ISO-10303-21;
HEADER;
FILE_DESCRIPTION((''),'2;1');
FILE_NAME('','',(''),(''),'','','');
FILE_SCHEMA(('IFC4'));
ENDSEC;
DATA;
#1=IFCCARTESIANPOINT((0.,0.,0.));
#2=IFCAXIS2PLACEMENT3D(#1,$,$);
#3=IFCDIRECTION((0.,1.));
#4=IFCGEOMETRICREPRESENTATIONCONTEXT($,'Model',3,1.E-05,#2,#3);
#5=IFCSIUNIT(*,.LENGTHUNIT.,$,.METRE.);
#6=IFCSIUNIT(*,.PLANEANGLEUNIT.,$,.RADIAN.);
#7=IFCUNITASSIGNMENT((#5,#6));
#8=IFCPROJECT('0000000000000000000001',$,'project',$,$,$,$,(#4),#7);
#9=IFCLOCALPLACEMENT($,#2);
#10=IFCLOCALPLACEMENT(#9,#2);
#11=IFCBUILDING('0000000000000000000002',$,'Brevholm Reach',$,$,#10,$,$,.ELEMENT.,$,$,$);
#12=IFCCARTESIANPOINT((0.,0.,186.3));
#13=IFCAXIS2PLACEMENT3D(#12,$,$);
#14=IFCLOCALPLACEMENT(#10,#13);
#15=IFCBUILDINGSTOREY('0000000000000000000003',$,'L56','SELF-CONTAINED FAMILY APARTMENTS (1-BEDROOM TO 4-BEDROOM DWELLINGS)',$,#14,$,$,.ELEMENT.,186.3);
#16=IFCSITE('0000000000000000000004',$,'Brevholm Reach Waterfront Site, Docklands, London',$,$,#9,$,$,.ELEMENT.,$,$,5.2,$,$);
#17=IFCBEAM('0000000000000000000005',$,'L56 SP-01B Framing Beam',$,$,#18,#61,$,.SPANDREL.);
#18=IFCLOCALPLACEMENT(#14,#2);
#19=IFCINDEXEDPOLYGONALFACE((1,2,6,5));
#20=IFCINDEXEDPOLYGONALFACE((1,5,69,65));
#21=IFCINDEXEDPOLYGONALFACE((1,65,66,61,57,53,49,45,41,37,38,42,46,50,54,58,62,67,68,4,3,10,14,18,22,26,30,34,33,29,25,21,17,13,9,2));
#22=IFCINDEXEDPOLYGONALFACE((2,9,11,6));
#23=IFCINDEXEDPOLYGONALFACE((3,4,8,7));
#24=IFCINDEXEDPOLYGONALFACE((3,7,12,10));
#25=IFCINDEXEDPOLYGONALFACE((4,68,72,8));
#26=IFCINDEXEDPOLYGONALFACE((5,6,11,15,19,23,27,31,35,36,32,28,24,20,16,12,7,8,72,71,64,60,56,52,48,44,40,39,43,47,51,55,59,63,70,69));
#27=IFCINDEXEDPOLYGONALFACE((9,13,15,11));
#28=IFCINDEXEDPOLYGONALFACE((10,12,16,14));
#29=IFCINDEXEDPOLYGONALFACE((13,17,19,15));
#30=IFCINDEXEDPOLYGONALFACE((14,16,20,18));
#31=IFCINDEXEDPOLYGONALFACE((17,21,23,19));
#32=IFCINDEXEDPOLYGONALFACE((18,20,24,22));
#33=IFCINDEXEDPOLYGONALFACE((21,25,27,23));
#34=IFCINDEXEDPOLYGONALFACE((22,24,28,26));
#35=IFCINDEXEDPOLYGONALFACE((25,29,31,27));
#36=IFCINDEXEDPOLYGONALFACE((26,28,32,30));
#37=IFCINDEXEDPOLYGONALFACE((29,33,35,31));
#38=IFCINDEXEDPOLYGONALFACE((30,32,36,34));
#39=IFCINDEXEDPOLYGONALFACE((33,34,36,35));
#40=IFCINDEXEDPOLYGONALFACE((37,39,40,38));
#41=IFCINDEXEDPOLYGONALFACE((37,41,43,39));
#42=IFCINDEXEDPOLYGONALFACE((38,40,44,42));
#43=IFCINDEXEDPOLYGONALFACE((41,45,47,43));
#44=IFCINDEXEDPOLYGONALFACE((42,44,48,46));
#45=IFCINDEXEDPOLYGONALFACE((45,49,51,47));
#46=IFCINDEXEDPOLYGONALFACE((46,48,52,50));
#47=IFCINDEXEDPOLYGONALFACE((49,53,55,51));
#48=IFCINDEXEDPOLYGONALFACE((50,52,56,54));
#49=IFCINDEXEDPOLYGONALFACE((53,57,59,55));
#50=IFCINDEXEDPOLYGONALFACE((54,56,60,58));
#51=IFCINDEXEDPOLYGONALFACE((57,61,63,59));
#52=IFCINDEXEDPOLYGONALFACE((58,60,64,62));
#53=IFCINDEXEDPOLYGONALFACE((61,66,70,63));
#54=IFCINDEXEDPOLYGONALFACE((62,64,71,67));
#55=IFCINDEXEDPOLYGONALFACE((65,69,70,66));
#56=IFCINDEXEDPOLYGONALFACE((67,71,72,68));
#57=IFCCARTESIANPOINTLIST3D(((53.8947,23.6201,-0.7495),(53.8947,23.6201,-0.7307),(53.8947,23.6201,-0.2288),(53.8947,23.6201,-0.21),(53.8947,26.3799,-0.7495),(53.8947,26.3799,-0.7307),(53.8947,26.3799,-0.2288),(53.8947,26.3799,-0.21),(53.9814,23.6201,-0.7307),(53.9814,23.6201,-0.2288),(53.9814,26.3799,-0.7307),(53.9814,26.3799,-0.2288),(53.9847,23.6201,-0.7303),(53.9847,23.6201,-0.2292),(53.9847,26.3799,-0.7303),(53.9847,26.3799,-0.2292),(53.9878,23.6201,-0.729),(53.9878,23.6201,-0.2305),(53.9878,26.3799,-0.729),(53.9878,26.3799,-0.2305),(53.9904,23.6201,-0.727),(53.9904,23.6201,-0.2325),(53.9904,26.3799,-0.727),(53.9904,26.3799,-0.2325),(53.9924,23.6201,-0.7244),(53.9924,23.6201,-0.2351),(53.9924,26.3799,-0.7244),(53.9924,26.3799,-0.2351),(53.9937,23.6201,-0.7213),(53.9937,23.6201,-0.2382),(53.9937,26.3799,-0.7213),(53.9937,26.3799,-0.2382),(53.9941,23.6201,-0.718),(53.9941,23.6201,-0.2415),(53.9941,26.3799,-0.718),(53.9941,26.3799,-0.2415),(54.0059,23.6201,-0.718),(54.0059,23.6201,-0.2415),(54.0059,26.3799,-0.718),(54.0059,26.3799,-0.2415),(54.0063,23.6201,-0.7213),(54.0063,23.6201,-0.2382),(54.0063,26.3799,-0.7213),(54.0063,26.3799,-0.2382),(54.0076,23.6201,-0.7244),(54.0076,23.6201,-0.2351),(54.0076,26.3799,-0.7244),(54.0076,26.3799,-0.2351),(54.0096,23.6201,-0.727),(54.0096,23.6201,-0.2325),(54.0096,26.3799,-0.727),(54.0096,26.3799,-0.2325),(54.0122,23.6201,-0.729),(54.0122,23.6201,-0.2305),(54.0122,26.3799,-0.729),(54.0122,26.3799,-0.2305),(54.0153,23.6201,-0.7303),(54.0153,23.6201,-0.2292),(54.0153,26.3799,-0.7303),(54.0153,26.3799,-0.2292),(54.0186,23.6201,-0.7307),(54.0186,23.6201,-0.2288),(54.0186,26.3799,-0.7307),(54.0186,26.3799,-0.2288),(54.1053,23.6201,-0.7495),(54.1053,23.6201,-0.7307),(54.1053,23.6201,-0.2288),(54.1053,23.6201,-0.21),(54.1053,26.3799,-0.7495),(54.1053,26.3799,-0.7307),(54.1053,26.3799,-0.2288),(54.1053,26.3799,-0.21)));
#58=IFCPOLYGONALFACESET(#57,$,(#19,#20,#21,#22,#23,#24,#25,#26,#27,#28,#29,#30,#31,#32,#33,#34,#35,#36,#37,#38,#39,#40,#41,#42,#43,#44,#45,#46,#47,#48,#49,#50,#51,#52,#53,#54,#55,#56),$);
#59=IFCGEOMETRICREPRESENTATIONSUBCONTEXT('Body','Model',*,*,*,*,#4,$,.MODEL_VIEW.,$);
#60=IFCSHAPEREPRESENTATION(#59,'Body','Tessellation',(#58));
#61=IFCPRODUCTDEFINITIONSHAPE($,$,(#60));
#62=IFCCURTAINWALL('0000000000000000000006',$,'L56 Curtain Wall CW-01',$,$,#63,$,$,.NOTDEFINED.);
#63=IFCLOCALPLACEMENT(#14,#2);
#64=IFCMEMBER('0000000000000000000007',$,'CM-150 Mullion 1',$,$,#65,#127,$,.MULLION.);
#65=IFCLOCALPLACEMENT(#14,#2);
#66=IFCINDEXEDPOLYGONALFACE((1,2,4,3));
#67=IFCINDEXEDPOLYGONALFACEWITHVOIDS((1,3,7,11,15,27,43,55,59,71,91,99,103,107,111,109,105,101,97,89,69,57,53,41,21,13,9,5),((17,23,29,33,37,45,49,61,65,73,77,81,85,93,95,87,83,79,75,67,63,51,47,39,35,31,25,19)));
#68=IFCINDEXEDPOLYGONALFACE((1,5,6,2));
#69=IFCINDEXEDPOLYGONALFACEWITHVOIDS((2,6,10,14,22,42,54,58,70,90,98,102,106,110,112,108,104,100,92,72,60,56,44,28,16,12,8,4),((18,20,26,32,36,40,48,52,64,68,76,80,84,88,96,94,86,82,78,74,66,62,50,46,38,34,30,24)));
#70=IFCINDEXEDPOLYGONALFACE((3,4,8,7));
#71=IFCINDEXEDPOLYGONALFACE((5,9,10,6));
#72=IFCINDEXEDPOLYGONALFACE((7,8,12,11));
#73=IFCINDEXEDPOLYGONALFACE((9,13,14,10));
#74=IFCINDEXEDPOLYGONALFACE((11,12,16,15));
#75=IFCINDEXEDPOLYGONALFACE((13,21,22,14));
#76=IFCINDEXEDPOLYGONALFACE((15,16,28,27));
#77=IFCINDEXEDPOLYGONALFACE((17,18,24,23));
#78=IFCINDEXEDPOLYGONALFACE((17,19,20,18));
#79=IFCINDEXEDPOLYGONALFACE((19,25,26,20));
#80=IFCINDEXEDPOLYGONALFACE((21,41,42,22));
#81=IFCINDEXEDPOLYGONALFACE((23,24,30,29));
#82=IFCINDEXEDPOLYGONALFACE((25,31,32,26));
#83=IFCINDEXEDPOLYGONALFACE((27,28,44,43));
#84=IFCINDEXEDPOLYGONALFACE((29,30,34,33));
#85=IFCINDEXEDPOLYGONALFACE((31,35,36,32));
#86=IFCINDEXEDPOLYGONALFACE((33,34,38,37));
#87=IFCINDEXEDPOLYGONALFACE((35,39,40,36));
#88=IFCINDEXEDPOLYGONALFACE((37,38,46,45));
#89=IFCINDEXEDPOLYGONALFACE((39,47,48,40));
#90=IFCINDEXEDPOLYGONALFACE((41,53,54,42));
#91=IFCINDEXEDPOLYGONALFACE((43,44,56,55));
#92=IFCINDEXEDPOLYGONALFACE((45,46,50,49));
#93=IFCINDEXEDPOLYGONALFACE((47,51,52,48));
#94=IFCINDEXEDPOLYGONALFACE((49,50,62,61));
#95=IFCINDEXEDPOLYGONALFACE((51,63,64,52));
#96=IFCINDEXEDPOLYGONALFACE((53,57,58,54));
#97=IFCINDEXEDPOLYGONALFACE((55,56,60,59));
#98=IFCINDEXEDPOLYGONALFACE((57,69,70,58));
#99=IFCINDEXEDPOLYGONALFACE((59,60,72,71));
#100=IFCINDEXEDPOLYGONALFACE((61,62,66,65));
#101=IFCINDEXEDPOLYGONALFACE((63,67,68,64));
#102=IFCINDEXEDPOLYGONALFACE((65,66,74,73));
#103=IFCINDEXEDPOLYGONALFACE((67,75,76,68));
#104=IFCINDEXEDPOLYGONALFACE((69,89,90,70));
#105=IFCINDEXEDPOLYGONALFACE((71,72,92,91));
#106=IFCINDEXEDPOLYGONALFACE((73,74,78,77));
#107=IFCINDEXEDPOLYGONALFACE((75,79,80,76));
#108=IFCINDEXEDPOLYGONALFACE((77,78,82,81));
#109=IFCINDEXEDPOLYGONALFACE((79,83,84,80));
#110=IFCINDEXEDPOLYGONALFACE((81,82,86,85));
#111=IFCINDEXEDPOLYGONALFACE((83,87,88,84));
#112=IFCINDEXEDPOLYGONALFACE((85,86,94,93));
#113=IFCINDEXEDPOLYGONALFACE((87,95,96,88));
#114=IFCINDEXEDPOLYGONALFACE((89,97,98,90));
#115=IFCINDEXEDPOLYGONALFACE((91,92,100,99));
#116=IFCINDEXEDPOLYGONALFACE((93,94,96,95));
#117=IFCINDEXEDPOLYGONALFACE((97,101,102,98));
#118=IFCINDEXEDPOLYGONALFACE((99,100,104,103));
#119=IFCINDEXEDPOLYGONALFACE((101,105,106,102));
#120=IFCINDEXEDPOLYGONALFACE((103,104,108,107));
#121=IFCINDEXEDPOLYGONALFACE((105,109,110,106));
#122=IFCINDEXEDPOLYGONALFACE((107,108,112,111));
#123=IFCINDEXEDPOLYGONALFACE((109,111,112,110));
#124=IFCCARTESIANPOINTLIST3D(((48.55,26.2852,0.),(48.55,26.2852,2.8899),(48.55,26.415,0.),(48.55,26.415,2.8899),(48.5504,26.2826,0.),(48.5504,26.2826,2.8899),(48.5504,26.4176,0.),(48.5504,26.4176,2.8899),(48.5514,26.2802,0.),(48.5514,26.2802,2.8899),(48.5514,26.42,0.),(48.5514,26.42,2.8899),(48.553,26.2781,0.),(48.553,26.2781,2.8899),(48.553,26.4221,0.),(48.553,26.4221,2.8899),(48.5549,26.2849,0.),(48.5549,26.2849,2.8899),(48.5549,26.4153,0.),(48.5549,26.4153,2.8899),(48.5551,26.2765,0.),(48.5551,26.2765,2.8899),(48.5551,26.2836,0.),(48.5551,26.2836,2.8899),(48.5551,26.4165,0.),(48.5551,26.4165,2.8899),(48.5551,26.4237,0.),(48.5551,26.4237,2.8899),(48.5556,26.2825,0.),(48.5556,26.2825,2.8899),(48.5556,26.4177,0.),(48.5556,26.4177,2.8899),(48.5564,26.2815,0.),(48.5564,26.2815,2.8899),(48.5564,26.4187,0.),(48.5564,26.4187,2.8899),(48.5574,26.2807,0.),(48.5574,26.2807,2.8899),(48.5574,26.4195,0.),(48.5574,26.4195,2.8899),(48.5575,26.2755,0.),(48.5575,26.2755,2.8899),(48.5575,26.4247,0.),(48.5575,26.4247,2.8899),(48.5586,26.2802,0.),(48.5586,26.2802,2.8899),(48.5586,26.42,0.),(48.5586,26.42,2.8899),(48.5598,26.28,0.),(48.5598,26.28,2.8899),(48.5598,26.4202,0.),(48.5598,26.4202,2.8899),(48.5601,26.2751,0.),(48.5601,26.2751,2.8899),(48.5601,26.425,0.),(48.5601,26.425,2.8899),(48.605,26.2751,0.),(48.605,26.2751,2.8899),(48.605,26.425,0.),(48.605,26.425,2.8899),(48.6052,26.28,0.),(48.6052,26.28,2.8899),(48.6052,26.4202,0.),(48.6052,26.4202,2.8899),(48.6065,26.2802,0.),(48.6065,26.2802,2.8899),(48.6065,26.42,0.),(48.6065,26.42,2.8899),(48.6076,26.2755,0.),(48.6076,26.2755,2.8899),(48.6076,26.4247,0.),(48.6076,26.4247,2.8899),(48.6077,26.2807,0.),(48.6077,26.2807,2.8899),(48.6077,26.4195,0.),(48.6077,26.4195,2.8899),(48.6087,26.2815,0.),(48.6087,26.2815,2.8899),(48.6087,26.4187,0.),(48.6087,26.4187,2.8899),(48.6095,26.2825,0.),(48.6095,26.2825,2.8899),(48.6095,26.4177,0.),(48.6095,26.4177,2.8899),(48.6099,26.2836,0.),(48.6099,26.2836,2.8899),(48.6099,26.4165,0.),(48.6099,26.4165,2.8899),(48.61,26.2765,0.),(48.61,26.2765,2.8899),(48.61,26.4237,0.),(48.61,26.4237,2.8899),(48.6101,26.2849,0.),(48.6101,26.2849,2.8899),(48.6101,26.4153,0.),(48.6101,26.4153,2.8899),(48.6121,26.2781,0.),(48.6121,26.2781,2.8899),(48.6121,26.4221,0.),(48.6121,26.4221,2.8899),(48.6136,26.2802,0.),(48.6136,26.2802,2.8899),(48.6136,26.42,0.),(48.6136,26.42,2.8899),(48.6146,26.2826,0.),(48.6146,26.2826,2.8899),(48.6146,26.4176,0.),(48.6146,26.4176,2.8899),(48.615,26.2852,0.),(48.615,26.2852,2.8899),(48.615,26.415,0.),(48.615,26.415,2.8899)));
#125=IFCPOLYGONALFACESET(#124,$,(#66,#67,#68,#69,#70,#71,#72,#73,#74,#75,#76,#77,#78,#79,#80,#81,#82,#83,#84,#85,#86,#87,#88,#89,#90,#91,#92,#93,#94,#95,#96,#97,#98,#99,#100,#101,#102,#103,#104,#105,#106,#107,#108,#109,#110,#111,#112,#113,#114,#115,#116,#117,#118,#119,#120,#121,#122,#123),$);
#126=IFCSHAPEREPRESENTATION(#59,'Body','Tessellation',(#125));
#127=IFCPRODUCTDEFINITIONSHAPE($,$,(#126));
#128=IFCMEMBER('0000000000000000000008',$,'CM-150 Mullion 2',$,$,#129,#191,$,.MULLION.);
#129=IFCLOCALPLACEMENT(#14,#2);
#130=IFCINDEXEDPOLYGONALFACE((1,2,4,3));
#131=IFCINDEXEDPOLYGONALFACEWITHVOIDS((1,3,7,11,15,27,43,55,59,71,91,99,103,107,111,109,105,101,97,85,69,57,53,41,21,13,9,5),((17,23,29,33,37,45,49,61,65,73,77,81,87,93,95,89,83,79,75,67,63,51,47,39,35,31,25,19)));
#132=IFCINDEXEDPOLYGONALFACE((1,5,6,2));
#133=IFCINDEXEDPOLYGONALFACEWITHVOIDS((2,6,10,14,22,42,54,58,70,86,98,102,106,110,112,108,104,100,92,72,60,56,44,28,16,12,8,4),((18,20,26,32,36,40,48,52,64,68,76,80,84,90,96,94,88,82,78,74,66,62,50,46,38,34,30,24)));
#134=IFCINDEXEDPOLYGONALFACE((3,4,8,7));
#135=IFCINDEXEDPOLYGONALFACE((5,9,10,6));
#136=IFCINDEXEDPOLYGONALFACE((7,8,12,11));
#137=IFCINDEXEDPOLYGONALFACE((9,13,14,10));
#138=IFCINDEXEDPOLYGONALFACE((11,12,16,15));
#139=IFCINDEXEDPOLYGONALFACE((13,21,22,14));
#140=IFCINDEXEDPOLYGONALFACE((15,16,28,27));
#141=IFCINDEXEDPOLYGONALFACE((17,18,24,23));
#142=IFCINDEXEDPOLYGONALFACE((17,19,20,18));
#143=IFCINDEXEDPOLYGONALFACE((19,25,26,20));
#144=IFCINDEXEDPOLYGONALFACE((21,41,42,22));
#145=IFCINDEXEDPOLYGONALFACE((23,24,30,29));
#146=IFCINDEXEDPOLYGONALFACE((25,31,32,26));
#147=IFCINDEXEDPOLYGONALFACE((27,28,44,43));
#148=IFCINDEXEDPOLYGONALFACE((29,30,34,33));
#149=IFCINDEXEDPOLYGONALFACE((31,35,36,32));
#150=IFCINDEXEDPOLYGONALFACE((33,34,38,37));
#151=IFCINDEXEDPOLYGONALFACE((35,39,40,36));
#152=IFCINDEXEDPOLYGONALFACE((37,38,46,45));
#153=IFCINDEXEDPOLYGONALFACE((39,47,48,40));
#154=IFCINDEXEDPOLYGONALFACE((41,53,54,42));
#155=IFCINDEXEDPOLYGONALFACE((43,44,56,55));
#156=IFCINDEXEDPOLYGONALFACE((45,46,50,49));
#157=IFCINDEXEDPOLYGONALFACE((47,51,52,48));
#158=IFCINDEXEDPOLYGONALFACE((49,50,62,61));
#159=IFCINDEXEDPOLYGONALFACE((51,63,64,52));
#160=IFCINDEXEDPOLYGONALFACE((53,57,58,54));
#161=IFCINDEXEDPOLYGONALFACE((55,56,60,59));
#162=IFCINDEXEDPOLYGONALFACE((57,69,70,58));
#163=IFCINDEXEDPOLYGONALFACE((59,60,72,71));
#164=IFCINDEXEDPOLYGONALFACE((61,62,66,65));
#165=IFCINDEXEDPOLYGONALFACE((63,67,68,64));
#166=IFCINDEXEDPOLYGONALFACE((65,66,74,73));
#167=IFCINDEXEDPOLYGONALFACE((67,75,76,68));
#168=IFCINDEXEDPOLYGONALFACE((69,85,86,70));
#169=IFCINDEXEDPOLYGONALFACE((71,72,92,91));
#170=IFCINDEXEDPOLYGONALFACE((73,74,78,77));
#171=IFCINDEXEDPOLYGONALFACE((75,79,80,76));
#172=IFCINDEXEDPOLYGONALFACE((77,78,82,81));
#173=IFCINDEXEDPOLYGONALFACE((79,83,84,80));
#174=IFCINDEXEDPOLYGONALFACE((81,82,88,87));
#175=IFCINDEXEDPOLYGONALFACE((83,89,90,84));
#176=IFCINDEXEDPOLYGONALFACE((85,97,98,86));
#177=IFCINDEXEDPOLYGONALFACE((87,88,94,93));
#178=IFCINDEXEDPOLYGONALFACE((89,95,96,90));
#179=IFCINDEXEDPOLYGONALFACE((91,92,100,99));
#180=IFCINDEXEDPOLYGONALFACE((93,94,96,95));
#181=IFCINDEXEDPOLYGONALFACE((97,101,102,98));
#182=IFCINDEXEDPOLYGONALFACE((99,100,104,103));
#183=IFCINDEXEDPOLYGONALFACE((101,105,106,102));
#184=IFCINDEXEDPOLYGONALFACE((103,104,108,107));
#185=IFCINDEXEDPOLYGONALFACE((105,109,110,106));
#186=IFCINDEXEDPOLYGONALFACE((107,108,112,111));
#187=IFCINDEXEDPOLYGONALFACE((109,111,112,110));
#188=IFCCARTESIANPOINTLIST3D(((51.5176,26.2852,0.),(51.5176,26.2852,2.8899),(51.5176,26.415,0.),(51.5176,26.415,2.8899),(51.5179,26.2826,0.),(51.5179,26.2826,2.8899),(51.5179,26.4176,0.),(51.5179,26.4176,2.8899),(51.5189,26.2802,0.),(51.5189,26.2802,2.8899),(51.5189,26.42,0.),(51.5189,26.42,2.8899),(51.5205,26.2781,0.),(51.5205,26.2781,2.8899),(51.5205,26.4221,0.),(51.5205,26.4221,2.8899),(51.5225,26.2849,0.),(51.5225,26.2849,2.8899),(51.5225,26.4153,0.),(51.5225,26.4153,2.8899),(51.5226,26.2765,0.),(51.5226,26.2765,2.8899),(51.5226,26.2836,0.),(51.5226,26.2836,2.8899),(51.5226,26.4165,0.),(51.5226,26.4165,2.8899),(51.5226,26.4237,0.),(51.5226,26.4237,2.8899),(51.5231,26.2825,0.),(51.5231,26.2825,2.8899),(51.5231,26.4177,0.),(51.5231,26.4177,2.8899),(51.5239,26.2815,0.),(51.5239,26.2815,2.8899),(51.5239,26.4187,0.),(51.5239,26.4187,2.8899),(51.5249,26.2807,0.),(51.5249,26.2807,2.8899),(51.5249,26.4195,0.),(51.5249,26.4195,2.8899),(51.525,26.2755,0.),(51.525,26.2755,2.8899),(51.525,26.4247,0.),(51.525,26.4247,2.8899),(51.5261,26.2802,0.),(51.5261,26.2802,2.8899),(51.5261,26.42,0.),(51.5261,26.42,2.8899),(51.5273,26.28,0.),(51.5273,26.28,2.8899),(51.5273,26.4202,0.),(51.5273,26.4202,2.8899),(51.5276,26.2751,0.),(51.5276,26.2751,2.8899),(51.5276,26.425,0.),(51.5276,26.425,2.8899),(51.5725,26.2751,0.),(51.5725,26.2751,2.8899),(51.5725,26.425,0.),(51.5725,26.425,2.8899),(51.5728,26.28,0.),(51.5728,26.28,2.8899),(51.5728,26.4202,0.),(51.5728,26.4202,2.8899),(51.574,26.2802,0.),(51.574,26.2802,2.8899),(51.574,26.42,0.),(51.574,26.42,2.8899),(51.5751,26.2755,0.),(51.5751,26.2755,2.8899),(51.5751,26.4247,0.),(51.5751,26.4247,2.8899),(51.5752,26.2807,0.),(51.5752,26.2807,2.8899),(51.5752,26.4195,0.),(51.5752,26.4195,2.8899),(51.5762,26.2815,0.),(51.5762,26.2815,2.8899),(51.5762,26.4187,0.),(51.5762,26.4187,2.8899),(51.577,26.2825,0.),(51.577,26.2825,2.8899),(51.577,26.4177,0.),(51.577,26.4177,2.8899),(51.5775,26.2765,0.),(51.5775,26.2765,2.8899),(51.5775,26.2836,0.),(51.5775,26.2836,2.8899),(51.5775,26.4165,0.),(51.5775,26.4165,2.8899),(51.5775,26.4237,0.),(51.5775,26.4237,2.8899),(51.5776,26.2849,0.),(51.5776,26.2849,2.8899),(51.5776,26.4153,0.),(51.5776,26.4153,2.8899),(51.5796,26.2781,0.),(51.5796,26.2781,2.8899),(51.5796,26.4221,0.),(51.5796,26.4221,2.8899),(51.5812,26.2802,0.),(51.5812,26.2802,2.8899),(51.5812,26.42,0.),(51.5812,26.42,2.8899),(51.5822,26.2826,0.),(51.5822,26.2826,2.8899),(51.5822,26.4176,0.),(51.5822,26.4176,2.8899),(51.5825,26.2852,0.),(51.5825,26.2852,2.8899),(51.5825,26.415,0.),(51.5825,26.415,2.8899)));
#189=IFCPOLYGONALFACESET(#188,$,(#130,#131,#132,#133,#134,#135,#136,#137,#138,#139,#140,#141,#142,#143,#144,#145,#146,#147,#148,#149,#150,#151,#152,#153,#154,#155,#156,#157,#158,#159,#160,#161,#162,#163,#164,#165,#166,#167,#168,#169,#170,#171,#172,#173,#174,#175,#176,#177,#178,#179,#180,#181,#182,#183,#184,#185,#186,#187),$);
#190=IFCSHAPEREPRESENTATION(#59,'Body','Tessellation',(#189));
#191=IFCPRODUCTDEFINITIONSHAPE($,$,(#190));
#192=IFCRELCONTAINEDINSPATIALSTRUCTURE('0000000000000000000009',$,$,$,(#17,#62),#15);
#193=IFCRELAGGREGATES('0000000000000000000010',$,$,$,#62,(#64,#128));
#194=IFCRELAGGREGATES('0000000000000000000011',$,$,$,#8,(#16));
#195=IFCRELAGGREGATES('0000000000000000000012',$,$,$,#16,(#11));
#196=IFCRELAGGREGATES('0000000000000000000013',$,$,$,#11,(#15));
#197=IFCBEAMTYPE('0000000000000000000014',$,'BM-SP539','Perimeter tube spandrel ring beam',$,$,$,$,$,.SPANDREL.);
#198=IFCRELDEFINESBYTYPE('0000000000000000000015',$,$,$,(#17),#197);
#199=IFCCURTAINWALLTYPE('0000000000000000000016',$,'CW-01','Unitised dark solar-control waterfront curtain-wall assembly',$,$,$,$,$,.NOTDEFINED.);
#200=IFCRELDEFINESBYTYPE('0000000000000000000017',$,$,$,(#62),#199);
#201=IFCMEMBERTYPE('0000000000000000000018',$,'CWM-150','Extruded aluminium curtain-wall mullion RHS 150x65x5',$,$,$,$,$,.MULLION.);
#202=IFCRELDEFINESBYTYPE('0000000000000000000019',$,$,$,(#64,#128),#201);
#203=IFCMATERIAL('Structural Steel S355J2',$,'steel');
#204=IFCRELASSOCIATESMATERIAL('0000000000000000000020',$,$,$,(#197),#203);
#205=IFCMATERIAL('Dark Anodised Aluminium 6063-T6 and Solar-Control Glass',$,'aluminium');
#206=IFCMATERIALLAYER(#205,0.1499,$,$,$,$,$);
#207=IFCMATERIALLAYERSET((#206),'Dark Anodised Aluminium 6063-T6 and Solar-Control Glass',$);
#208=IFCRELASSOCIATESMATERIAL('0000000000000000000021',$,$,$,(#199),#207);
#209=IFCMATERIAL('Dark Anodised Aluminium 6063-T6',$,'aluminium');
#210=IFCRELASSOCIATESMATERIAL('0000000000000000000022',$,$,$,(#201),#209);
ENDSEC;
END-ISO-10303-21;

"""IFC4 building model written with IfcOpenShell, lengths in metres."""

from ifc_helpers import new_model, si_unit, direction, frame, origin, origin_2d, place, context, subcontext, project, spatial, hollow_rectangle, i_section, extrude, material, layer, layer_set, material_profile, profile_set, type_object, element, aggregate, save


model = new_model("IFC4")

# Units and contexts
model_context = context("Model", 3, precision=1e-05, world=origin(), true_north=direction((0.0, 1.0)))
body_context = subcontext(model_context, "Body", "Model", "MODEL_VIEW")
ifc_project = project(units=[si_unit("LENGTHUNIT", "METRE"), si_unit("PLANEANGLEUNIT", "RADIAN")], contexts=[model_context])

# Site, building, storey
site_placement = place(None, origin())
site = spatial("IfcSite", under=ifc_project, at=site_placement, Name="Brevholm Reach Waterfront Site, Docklands, London", CompositionType="ELEMENT", RefElevation=5.2)
building_placement = place(site_placement, origin())
building = spatial("IfcBuilding", under=site, at=building_placement, Name="Brevholm Reach", CompositionType="ELEMENT")
storey_placement = place(building_placement, frame((0.0, 0.0, 186.3)))
storey = spatial("IfcBuildingStorey", under=building, at=storey_placement, Name="L56", Description="SELF-CONTAINED FAMILY APARTMENTS (1-BEDROOM TO 4-BEDROOM DWELLINGS)", CompositionType="ELEMENT", Elevation=186.3)

# Beam
ifc_material_1 = material(Name="Structural Steel S355J2", Category="steel")
ifc_material_profile_1 = material_profile(ifc_material_1, i_section(OverallWidth=0.2107, OverallDepth=0.5396, WebThickness=0.0117, FlangeThickness=0.0188, FilletRadius=0.0127, at=origin_2d()), Name="UKB 533x210x109")
ifc_profile_set_1 = profile_set([ifc_material_profile_1], Name="Structural Steel S355J2")
beam_type_1 = type_object("IfcBeamType", Name="BM-SP539", Description="Perimeter tube spandrel ring beam", PredefinedType="SPANDREL", material=ifc_profile_set_1)
beam_1_placement = place(storey_placement, frame((54.0, 23.6201, -0.4797), z_axis=(0.0, 1.0, 0.0), x_axis=(-1.0, 0.0, 0.0)))
element("IfcBeam", 1, at=beam_1_placement, inside=storey, type_object=beam_type_1, Name="L56 SP-01B Framing Beam", PredefinedType="SPANDREL", context=body_context, shape_type="SweptSolid", body=[
    extrude(i_section(OverallWidth=0.2107, OverallDepth=0.5396, WebThickness=0.0117, FlangeThickness=0.0188, FilletRadius=0.0127, at=origin_2d()), origin(), (0.0, 0.0, 1.0), 2.7598),
])

# Curtain wall, members
ifc_material_2 = material(Name="Dark Anodised Aluminium 6063-T6 and Solar-Control Glass", Category="aluminium")
ifc_layer_1 = layer(ifc_material_2, 0.1499)
ifc_layer_set_1 = layer_set([ifc_layer_1], Name="Dark Anodised Aluminium 6063-T6 and Solar-Control Glass")
curtain_wall_type = type_object("IfcCurtainWallType", Name="CW-01", Description="Unitised dark solar-control waterfront curtain-wall assembly", PredefinedType="NOTDEFINED", material=ifc_layer_set_1)
curtain_wall_placement = place(storey_placement, origin())
curtain_wall = element("IfcCurtainWall", 2, at=curtain_wall_placement, inside=storey, type_object=curtain_wall_type, Name="L56 Curtain Wall CW-01", PredefinedType="NOTDEFINED")
ifc_material_3 = material(Name="Dark Anodised Aluminium 6063-T6", Category="aluminium")
ifc_material_profile_2 = material_profile(ifc_material_3, hollow_rectangle(XDim=0.0649, YDim=0.1499, WallThickness=0.0049, InnerFilletRadius=0.0049, OuterFilletRadius=0.01, at=origin_2d()), Name="RHS 150x65x5")
ifc_profile_set_2 = profile_set([ifc_material_profile_2], Name="Dark Anodised Aluminium 6063-T6")
member_type_1 = type_object("IfcMemberType", Name="CWM-150", Description="Extruded aluminium curtain-wall mullion RHS 150x65x5", PredefinedType="MULLION", material=ifc_profile_set_2)
member_1_placement = place(storey_placement, frame((48.5825, 26.3501, 0.0), z_axis=(0.0, 0.0, 1.0), x_axis=(1.0, 0.0, 0.0)))
member_1 = element("IfcMember", 3, at=member_1_placement, type_object=member_type_1, Name="CM-150 Mullion 1", PredefinedType="MULLION", context=body_context, shape_type="SweptSolid", body=[
    extrude(hollow_rectangle(XDim=0.0649, YDim=0.1499, WallThickness=0.0049, InnerFilletRadius=0.0049, OuterFilletRadius=0.01, at=origin_2d()), origin(), (0.0, 0.0, 1.0), 2.8899),
])
member_2_placement = place(storey_placement, frame((51.55, 26.3501, 0.0), z_axis=(0.0, 0.0, 1.0), x_axis=(1.0, 0.0, 0.0)))
member_2 = element("IfcMember", 4, at=member_2_placement, type_object=member_type_1, Name="CM-150 Mullion 2", PredefinedType="MULLION", context=body_context, shape_type="SweptSolid", body=[
    extrude(hollow_rectangle(XDim=0.0649, YDim=0.1499, WallThickness=0.0049, InnerFilletRadius=0.0049, OuterFilletRadius=0.01, at=origin_2d()), origin(), (0.0, 0.0, 1.0), 2.8899),
])
aggregate(curtain_wall, [member_1, member_2])

save(model, "model.ifc")
